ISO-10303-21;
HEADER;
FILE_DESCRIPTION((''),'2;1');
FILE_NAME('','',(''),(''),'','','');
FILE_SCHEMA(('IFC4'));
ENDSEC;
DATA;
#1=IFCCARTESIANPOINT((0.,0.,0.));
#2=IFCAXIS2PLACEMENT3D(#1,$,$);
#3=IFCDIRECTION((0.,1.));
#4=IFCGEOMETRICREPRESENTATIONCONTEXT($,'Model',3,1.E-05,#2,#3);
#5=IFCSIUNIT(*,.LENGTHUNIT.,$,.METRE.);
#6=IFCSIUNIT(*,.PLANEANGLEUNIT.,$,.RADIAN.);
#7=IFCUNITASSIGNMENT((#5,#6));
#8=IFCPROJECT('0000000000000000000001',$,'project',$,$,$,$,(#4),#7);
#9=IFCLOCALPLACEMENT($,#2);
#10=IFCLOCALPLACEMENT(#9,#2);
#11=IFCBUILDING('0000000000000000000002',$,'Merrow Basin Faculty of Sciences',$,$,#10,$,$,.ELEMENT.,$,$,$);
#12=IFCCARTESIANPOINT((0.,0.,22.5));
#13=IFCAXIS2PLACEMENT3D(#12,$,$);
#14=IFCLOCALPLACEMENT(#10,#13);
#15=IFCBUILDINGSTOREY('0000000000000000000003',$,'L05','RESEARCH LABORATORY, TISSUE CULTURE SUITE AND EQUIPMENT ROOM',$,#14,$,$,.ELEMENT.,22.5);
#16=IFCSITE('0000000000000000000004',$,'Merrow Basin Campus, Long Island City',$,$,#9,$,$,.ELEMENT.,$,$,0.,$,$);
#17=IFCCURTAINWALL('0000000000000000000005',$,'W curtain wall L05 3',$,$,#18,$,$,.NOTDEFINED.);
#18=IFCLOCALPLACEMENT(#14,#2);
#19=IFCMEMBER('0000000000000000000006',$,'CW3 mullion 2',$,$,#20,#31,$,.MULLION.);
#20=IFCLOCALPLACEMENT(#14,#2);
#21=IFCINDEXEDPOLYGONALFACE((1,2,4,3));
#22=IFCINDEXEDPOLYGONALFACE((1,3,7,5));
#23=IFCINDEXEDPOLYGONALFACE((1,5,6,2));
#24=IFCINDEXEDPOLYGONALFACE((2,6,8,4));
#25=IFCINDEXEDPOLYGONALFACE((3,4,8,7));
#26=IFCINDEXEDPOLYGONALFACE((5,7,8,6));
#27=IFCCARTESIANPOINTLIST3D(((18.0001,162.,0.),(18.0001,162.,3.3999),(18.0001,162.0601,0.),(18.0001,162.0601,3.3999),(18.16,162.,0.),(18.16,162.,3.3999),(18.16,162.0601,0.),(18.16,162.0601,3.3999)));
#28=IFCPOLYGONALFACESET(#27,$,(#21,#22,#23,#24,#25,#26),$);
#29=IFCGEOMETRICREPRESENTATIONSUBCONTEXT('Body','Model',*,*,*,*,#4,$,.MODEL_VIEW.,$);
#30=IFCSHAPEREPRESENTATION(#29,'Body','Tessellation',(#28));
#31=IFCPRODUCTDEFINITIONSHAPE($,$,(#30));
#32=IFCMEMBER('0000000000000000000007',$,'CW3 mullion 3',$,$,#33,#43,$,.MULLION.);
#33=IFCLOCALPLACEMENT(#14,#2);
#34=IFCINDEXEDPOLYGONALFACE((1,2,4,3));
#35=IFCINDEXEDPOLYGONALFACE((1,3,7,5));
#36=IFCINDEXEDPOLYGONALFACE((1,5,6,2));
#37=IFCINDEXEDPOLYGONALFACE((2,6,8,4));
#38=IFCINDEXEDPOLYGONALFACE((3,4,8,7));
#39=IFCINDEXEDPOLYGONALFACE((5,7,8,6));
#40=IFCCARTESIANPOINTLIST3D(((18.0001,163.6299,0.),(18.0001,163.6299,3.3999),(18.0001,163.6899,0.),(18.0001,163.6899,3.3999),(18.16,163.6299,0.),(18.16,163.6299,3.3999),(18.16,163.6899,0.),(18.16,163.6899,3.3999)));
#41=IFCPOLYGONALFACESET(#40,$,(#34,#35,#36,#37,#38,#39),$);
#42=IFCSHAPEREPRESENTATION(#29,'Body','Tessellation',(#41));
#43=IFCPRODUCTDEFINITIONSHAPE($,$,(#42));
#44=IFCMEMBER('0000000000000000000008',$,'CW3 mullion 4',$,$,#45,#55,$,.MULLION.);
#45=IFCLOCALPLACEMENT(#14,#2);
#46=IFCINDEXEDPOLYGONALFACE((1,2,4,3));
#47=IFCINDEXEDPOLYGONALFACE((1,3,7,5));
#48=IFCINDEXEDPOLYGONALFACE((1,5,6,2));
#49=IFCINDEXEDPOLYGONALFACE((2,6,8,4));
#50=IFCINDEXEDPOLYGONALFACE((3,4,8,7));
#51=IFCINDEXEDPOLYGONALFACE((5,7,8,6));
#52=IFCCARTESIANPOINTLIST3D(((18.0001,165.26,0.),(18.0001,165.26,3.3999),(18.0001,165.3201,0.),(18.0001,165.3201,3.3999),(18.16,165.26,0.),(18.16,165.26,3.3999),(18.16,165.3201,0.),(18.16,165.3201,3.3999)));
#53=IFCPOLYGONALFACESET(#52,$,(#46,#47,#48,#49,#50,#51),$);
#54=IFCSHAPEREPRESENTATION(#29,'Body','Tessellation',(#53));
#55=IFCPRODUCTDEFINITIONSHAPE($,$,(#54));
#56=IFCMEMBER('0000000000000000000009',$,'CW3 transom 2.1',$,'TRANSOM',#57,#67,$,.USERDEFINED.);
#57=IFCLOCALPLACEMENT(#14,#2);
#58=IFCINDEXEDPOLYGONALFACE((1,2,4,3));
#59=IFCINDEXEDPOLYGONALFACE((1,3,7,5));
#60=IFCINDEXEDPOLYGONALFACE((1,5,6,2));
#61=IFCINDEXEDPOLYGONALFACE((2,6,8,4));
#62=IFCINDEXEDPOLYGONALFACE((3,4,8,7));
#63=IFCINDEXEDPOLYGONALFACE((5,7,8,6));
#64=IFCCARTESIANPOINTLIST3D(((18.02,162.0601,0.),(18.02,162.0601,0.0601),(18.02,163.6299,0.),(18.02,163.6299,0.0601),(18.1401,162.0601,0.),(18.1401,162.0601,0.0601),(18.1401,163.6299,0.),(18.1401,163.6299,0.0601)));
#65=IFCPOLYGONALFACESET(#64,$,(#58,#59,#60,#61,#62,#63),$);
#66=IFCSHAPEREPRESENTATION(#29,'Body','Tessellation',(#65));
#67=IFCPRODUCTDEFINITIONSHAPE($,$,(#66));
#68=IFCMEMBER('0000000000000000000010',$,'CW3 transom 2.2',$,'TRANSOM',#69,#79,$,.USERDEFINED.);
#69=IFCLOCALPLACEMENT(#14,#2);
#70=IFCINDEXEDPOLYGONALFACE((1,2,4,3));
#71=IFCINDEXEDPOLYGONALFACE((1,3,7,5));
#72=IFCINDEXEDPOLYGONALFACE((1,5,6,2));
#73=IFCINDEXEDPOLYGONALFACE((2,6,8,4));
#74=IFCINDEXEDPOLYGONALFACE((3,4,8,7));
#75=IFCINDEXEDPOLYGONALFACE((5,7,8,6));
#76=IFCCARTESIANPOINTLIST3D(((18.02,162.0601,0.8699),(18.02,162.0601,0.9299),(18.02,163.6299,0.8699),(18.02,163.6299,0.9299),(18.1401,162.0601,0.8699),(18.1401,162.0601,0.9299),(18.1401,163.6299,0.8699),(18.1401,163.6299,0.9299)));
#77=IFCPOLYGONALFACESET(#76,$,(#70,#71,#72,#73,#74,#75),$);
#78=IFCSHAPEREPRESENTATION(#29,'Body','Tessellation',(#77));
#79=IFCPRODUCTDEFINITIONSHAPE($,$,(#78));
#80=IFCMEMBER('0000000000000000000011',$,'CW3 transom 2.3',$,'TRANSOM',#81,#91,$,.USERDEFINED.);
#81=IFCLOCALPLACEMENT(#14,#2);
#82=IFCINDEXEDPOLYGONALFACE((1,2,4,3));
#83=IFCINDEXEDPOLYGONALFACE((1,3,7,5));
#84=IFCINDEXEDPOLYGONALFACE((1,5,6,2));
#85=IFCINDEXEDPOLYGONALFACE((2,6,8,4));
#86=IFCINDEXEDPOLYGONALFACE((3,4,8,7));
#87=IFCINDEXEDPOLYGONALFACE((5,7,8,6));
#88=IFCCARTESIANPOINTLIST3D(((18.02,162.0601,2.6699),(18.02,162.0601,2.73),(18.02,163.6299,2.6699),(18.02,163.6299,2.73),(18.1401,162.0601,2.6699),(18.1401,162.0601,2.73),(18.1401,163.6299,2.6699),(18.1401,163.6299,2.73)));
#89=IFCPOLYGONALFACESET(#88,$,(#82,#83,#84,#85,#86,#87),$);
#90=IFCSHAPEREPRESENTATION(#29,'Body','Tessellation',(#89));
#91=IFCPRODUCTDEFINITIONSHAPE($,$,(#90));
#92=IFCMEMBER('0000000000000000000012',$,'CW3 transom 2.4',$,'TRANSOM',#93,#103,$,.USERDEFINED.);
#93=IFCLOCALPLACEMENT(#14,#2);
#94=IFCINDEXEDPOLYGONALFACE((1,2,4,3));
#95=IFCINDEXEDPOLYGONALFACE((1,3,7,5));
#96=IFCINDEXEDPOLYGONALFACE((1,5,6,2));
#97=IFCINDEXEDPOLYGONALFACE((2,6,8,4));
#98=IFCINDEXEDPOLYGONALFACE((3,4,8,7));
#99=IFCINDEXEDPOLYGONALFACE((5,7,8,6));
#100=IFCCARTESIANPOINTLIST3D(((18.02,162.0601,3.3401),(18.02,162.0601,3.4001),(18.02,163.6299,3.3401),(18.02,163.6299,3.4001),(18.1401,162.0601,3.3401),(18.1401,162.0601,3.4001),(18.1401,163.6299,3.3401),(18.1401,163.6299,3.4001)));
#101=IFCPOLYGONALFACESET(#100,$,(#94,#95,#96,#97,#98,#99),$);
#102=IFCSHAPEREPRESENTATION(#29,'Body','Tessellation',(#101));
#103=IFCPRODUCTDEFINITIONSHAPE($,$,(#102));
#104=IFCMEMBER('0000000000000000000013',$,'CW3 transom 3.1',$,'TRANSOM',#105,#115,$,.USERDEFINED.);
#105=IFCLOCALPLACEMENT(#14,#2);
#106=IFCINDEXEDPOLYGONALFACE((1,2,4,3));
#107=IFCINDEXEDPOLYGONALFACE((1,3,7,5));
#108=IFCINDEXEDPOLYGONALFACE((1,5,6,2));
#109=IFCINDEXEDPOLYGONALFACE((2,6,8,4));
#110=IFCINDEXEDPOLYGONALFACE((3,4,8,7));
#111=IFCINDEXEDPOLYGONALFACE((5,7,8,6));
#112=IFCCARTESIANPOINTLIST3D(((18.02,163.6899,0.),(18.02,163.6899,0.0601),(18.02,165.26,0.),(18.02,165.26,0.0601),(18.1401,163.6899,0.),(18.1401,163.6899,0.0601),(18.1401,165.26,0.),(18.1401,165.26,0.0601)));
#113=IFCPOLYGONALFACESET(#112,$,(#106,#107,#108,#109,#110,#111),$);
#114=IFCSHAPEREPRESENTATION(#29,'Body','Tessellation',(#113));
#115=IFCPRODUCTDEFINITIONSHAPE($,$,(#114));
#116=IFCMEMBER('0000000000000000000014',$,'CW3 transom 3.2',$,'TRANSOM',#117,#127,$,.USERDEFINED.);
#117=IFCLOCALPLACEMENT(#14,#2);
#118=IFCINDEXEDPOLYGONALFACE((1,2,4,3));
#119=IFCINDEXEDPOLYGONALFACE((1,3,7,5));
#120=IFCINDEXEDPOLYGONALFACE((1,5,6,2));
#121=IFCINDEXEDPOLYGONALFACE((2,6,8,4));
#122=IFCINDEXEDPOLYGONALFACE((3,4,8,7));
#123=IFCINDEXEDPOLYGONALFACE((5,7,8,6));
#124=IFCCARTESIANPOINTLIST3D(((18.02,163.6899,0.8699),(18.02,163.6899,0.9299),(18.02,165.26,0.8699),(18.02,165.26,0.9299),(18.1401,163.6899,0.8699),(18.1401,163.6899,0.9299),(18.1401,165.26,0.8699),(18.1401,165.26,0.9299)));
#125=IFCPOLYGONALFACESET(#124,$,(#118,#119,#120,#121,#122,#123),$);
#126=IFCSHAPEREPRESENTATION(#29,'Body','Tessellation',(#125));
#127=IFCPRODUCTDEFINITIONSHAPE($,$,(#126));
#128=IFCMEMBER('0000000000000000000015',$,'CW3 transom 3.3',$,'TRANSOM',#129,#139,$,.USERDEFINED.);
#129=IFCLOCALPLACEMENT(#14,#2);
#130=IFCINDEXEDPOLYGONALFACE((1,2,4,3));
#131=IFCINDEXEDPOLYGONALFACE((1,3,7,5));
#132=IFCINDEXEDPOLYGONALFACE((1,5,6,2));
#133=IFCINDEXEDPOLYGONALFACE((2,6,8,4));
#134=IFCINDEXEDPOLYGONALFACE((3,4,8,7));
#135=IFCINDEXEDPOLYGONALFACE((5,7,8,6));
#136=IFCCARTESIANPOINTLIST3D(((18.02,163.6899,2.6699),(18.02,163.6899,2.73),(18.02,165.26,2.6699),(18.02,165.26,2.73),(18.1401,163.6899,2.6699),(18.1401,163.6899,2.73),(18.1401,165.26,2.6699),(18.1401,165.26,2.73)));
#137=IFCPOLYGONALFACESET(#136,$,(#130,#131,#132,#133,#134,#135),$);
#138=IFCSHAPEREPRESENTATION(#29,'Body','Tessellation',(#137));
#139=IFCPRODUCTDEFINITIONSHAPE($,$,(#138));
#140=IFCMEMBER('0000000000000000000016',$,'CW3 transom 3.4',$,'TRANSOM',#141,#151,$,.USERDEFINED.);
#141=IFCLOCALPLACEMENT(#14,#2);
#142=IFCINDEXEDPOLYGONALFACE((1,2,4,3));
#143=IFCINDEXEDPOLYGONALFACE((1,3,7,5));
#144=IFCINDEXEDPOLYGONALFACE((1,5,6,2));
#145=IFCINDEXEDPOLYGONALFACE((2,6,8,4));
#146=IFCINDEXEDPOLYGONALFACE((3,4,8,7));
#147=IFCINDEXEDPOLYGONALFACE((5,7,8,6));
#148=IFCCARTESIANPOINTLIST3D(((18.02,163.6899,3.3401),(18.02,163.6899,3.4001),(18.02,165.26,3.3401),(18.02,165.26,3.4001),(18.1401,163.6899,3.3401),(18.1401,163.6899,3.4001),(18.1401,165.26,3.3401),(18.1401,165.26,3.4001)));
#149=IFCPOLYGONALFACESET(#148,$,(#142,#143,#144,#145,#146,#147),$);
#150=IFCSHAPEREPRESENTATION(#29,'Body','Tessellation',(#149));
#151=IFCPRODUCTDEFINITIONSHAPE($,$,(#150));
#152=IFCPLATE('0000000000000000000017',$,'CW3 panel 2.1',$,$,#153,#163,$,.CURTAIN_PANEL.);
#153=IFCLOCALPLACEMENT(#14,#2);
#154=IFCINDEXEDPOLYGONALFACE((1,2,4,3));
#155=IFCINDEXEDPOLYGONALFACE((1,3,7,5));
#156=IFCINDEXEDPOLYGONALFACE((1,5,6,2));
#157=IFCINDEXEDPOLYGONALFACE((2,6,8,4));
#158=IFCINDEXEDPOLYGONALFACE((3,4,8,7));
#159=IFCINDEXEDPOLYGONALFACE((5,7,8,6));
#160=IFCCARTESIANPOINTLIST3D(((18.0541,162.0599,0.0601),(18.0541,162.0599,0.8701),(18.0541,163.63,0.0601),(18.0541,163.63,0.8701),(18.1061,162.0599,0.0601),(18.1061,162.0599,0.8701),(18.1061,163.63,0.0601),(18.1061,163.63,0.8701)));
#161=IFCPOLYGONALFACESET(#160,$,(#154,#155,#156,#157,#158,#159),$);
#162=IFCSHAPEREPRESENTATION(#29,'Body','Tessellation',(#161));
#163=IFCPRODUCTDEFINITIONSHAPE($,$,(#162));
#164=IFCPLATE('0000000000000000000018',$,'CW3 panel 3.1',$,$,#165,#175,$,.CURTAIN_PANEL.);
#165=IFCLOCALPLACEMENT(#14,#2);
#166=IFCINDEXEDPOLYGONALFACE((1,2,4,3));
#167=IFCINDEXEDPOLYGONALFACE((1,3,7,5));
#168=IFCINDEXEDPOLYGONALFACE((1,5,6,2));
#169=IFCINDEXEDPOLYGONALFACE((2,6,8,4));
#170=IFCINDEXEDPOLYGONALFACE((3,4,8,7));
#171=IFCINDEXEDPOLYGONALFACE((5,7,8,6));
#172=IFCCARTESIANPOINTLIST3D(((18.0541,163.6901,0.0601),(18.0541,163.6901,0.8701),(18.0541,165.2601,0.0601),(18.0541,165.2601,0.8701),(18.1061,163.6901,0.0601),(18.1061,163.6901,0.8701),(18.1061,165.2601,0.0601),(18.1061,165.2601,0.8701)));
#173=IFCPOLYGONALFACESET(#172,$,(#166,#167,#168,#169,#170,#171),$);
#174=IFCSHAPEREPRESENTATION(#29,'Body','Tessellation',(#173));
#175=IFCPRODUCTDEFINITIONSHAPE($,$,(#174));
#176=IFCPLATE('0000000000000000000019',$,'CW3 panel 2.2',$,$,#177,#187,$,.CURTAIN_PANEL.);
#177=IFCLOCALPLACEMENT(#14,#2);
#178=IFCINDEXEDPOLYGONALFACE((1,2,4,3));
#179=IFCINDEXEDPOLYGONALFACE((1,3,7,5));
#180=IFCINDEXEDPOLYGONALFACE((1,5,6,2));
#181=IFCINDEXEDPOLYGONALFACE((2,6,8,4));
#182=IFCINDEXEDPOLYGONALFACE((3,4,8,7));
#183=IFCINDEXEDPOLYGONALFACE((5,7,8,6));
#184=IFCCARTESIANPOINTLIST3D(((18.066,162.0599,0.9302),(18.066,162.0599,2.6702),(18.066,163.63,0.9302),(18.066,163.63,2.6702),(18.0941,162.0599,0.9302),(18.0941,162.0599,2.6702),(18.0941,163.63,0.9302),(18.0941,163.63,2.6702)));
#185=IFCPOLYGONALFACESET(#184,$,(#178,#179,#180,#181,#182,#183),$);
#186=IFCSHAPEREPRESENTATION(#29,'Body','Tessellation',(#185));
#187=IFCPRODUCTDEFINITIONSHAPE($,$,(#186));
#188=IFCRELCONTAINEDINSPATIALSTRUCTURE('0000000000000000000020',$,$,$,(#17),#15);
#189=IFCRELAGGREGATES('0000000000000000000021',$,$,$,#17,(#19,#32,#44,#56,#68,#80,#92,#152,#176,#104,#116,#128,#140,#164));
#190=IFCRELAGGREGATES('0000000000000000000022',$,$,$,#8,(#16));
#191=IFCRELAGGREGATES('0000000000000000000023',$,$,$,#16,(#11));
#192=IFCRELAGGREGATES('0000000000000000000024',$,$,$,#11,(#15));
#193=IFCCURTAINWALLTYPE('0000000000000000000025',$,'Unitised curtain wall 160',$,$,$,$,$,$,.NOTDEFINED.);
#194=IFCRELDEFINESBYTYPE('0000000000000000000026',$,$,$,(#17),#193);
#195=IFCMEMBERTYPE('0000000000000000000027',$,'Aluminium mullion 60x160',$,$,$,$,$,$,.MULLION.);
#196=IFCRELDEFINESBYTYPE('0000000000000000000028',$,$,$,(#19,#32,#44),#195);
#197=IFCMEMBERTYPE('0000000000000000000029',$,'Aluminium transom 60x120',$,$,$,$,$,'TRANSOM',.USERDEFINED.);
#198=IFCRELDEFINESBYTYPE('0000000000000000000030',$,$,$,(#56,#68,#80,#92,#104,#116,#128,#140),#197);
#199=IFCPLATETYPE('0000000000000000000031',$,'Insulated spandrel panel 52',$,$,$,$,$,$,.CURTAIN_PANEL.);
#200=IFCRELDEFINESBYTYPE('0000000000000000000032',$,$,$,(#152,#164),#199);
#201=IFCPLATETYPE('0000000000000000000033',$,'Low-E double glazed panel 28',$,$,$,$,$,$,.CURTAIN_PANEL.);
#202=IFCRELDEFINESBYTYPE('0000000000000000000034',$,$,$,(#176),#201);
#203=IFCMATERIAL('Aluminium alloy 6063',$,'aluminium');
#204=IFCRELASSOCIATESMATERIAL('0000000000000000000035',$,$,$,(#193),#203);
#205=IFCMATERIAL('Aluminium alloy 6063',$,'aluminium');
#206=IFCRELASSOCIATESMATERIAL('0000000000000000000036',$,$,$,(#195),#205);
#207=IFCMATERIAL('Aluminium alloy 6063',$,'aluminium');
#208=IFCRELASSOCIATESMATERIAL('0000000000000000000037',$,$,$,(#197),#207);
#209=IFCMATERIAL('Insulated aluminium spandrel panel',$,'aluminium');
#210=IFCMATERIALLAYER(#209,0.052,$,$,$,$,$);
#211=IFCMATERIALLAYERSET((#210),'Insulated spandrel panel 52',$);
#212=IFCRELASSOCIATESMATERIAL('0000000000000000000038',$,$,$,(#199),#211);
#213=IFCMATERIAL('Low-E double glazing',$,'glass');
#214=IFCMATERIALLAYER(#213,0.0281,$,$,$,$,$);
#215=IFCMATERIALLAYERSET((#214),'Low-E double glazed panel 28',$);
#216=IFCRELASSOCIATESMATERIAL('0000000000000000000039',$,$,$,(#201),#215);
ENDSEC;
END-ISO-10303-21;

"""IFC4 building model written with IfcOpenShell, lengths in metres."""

from ifc_helpers import new_model, si_unit, direction, frame, origin, origin_2d, place, context, subcontext, project, spatial, rectangle, extrude, material, layer, layer_set, material_profile, profile_set, type_object, element, aggregate, save


model = new_model("IFC4")

# Units and contexts
model_context = context("Model", 3, precision=1e-05, world=origin(), true_north=direction((0.0, 1.0)))
body_context = subcontext(model_context, "Body", "Model", "MODEL_VIEW")
ifc_project = project(units=[si_unit("LENGTHUNIT", "METRE"), si_unit("PLANEANGLEUNIT", "RADIAN")], contexts=[model_context])

# Site, building, storey
site_placement = place(None, origin())
site = spatial("IfcSite", under=ifc_project, at=site_placement, Name="Merrow Basin Campus, Long Island City", CompositionType="ELEMENT", RefElevation=0.0)
building_placement = place(site_placement, origin())
building = spatial("IfcBuilding", under=site, at=building_placement, Name="Merrow Basin Faculty of Sciences", CompositionType="ELEMENT")
storey_placement = place(building_placement, frame((0.0, 0.0, 22.5)))
storey = spatial("IfcBuildingStorey", under=building, at=storey_placement, Name="L05", Description="RESEARCH LABORATORY, TISSUE CULTURE SUITE AND EQUIPMENT ROOM", CompositionType="ELEMENT", Elevation=22.5)

# Curtain wall, members, plates
ifc_material_1 = material(Name="Aluminium alloy 6063", Category="aluminium")
curtain_wall_type = type_object("IfcCurtainWallType", Name="Unitised curtain wall 160", PredefinedType="NOTDEFINED", material=ifc_material_1)
curtain_wall_placement = place(storey_placement, origin())
curtain_wall = element("IfcCurtainWall", 1, at=curtain_wall_placement, inside=storey, type_object=curtain_wall_type, Name="W curtain wall L05 3", PredefinedType="NOTDEFINED")
ifc_material_2 = material(Name="Aluminium alloy 6063", Category="aluminium")
ifc_material_profile_1 = material_profile(ifc_material_2, rectangle(XDim=0.1599, YDim=0.0601, at=origin_2d()))
ifc_profile_set_1 = profile_set([ifc_material_profile_1], Name="Aluminium alloy 6063")
member_type_1 = type_object("IfcMemberType", Name="Aluminium mullion 60x160", PredefinedType="MULLION", material=ifc_profile_set_1)
member_1_placement = place(storey_placement, frame((18.0801, 162.03, 0.0), z_axis=(0.0, 0.0, 1.0), x_axis=(-1.0, 0.0, 0.0)))
member_1 = element("IfcMember", 2, at=member_1_placement, type_object=member_type_1, Name="CW3 mullion 2", PredefinedType="MULLION", context=body_context, shape_type="SweptSolid", body=[
    extrude(rectangle(XDim=0.1599, YDim=0.0601, at=origin_2d()), origin(), (0.0, 0.0, 1.0), 3.3999),
])
member_2_placement = place(storey_placement, frame((18.0801, 163.6599, 0.0), z_axis=(0.0, 0.0, 1.0), x_axis=(-1.0, 0.0, 0.0)))
member_2 = element("IfcMember", 3, at=member_2_placement, type_object=member_type_1, Name="CW3 mullion 3", PredefinedType="MULLION", context=body_context, shape_type="SweptSolid", body=[
    extrude(rectangle(XDim=0.1599, YDim=0.0601, at=origin_2d()), origin(), (0.0, 0.0, 1.0), 3.3999),
])
member_3_placement = place(storey_placement, frame((18.0801, 165.29, 0.0), z_axis=(0.0, 0.0, 1.0), x_axis=(-1.0, 0.0, 0.0)))
member_3 = element("IfcMember", 4, at=member_3_placement, type_object=member_type_1, Name="CW3 mullion 4", PredefinedType="MULLION", context=body_context, shape_type="SweptSolid", body=[
    extrude(rectangle(XDim=0.1599, YDim=0.0601, at=origin_2d()), origin(), (0.0, 0.0, 1.0), 3.3999),
])
ifc_material_3 = material(Name="Aluminium alloy 6063", Category="aluminium")
ifc_material_profile_2 = material_profile(ifc_material_3, rectangle(XDim=0.1201, YDim=0.0601, at=origin_2d()))
ifc_profile_set_2 = profile_set([ifc_material_profile_2], Name="Aluminium alloy 6063")
member_type_2 = type_object("IfcMemberType", Name="Aluminium transom 60x120", ElementType="TRANSOM", PredefinedType="USERDEFINED", material=ifc_profile_set_2)
member_4_placement = place(storey_placement, frame((18.0801, 162.0601, 0.03), z_axis=(0.0, 1.0, 0.0), x_axis=(-1.0, 0.0, 0.0)))
member_4 = element("IfcMember", 5, at=member_4_placement, type_object=member_type_2, Name="CW3 transom 2.1", ObjectType="TRANSOM", PredefinedType="USERDEFINED", context=body_context, shape_type="SweptSolid", body=[
    extrude(rectangle(XDim=0.1201, YDim=0.0601, at=origin_2d()), origin(), (0.0, 0.0, 1.0), 1.5698),
])
member_5_placement = place(storey_placement, frame((18.0801, 162.0601, 0.8999), z_axis=(0.0, 1.0, 0.0), x_axis=(-1.0, 0.0, 0.0)))
member_5 = element("IfcMember", 6, at=member_5_placement, type_object=member_type_2, Name="CW3 transom 2.2", ObjectType="TRANSOM", PredefinedType="USERDEFINED", context=body_context, shape_type="SweptSolid", body=[
    extrude(rectangle(XDim=0.1201, YDim=0.0601, at=origin_2d()), origin(), (0.0, 0.0, 1.0), 1.5698),
])
member_6_placement = place(storey_placement, frame((18.0801, 162.0601, 2.7), z_axis=(0.0, 1.0, 0.0), x_axis=(-1.0, 0.0, 0.0)))
member_6 = element("IfcMember", 7, at=member_6_placement, type_object=member_type_2, Name="CW3 transom 2.3", ObjectType="TRANSOM", PredefinedType="USERDEFINED", context=body_context, shape_type="SweptSolid", body=[
    extrude(rectangle(XDim=0.1201, YDim=0.0601, at=origin_2d()), origin(), (0.0, 0.0, 1.0), 1.5698),
])
member_7_placement = place(storey_placement, frame((18.0801, 162.0601, 3.3701), z_axis=(0.0, 1.0, 0.0), x_axis=(-1.0, 0.0, 0.0)))
member_7 = element("IfcMember", 8, at=member_7_placement, type_object=member_type_2, Name="CW3 transom 2.4", ObjectType="TRANSOM", PredefinedType="USERDEFINED", context=body_context, shape_type="SweptSolid", body=[
    extrude(rectangle(XDim=0.1201, YDim=0.0601, at=origin_2d()), origin(), (0.0, 0.0, 1.0), 1.5698),
])
member_8_placement = place(storey_placement, frame((18.0801, 163.6899, 0.03), z_axis=(0.0, 1.0, 0.0), x_axis=(-1.0, 0.0, 0.0)))
member_8 = element("IfcMember", 9, at=member_8_placement, type_object=member_type_2, Name="CW3 transom 3.1", ObjectType="TRANSOM", PredefinedType="USERDEFINED", context=body_context, shape_type="SweptSolid", body=[
    extrude(rectangle(XDim=0.1201, YDim=0.0601, at=origin_2d()), origin(), (0.0, 0.0, 1.0), 1.5701),
])
member_9_placement = place(storey_placement, frame((18.0801, 163.6899, 0.8999), z_axis=(0.0, 1.0, 0.0), x_axis=(-1.0, 0.0, 0.0)))
member_9 = element("IfcMember", 10, at=member_9_placement, type_object=member_type_2, Name="CW3 transom 3.2", ObjectType="TRANSOM", PredefinedType="USERDEFINED", context=body_context, shape_type="SweptSolid", body=[
    extrude(rectangle(XDim=0.1201, YDim=0.0601, at=origin_2d()), origin(), (0.0, 0.0, 1.0), 1.5701),
])
member_10_placement = place(storey_placement, frame((18.0801, 163.6899, 2.7), z_axis=(0.0, 1.0, 0.0), x_axis=(-1.0, 0.0, 0.0)))
member_10 = element("IfcMember", 11, at=member_10_placement, type_object=member_type_2, Name="CW3 transom 3.3", ObjectType="TRANSOM", PredefinedType="USERDEFINED", context=body_context, shape_type="SweptSolid", body=[
    extrude(rectangle(XDim=0.1201, YDim=0.0601, at=origin_2d()), origin(), (0.0, 0.0, 1.0), 1.5701),
])
member_11_placement = place(storey_placement, frame((18.0801, 163.6899, 3.3701), z_axis=(0.0, 1.0, 0.0), x_axis=(-1.0, 0.0, 0.0)))
member_11 = element("IfcMember", 12, at=member_11_placement, type_object=member_type_2, Name="CW3 transom 3.4", ObjectType="TRANSOM", PredefinedType="USERDEFINED", context=body_context, shape_type="SweptSolid", body=[
    extrude(rectangle(XDim=0.1201, YDim=0.0601, at=origin_2d()), origin(), (0.0, 0.0, 1.0), 1.5701),
])
ifc_material_4 = material(Name="Insulated aluminium spandrel panel", Category="aluminium")
ifc_layer_1 = layer(ifc_material_4, 0.052)
ifc_layer_set_1 = layer_set([ifc_layer_1], Name="Insulated spandrel panel 52")
plate_type_1 = type_object("IfcPlateType", Name="Insulated spandrel panel 52", PredefinedType="CURTAIN_PANEL", material=ifc_layer_set_1)
plate_1_placement = place(storey_placement, frame((18.0801, 162.845, 0.0601), z_axis=(0.0, 0.0, 1.0), x_axis=(0.0, 1.0, 0.0)))
plate_1 = element("IfcPlate", 13, at=plate_1_placement, type_object=plate_type_1, Name="CW3 panel 2.1", PredefinedType="CURTAIN_PANEL", context=body_context, shape_type="SweptSolid", body=[
    extrude(rectangle(XDim=1.5701, YDim=0.052, at=origin_2d()), origin(), (0.0, 0.0, 1.0), 0.8101),
])
plate_2_placement = place(storey_placement, frame((18.0801, 164.4751, 0.0601), z_axis=(0.0, 0.0, 1.0), x_axis=(0.0, 1.0, 0.0)))
plate_2 = element("IfcPlate", 14, at=plate_2_placement, type_object=plate_type_1, Name="CW3 panel 3.1", PredefinedType="CURTAIN_PANEL", context=body_context, shape_type="SweptSolid", body=[
    extrude(rectangle(XDim=1.5701, YDim=0.052, at=origin_2d()), origin(), (0.0, 0.0, 1.0), 0.8101),
])
ifc_material_5 = material(Name="Low-E double glazing", Category="glass")
ifc_layer_2 = layer(ifc_material_5, 0.0281)
ifc_layer_set_2 = layer_set([ifc_layer_2], Name="Low-E double glazed panel 28")
plate_type_2 = type_object("IfcPlateType", Name="Low-E double glazed panel 28", PredefinedType="CURTAIN_PANEL", material=ifc_layer_set_2)
plate_3_placement = place(storey_placement, frame((18.0801, 162.845, 0.9302), z_axis=(0.0, 0.0, 1.0), x_axis=(0.0, 1.0, 0.0)))
plate_3 = element("IfcPlate", 15, at=plate_3_placement, type_object=plate_type_2, Name="CW3 panel 2.2", PredefinedType="CURTAIN_PANEL", context=body_context, shape_type="SweptSolid", body=[
    extrude(rectangle(XDim=1.5701, YDim=0.0281, at=origin_2d()), origin(), (0.0, 0.0, 1.0), 1.74),
])
aggregate(curtain_wall, [member_1, member_2, member_3, member_4, member_5, member_6, member_7, plate_1, plate_3, member_8, member_9, member_10, member_11, plate_2])

save(model, "model.ifc")
